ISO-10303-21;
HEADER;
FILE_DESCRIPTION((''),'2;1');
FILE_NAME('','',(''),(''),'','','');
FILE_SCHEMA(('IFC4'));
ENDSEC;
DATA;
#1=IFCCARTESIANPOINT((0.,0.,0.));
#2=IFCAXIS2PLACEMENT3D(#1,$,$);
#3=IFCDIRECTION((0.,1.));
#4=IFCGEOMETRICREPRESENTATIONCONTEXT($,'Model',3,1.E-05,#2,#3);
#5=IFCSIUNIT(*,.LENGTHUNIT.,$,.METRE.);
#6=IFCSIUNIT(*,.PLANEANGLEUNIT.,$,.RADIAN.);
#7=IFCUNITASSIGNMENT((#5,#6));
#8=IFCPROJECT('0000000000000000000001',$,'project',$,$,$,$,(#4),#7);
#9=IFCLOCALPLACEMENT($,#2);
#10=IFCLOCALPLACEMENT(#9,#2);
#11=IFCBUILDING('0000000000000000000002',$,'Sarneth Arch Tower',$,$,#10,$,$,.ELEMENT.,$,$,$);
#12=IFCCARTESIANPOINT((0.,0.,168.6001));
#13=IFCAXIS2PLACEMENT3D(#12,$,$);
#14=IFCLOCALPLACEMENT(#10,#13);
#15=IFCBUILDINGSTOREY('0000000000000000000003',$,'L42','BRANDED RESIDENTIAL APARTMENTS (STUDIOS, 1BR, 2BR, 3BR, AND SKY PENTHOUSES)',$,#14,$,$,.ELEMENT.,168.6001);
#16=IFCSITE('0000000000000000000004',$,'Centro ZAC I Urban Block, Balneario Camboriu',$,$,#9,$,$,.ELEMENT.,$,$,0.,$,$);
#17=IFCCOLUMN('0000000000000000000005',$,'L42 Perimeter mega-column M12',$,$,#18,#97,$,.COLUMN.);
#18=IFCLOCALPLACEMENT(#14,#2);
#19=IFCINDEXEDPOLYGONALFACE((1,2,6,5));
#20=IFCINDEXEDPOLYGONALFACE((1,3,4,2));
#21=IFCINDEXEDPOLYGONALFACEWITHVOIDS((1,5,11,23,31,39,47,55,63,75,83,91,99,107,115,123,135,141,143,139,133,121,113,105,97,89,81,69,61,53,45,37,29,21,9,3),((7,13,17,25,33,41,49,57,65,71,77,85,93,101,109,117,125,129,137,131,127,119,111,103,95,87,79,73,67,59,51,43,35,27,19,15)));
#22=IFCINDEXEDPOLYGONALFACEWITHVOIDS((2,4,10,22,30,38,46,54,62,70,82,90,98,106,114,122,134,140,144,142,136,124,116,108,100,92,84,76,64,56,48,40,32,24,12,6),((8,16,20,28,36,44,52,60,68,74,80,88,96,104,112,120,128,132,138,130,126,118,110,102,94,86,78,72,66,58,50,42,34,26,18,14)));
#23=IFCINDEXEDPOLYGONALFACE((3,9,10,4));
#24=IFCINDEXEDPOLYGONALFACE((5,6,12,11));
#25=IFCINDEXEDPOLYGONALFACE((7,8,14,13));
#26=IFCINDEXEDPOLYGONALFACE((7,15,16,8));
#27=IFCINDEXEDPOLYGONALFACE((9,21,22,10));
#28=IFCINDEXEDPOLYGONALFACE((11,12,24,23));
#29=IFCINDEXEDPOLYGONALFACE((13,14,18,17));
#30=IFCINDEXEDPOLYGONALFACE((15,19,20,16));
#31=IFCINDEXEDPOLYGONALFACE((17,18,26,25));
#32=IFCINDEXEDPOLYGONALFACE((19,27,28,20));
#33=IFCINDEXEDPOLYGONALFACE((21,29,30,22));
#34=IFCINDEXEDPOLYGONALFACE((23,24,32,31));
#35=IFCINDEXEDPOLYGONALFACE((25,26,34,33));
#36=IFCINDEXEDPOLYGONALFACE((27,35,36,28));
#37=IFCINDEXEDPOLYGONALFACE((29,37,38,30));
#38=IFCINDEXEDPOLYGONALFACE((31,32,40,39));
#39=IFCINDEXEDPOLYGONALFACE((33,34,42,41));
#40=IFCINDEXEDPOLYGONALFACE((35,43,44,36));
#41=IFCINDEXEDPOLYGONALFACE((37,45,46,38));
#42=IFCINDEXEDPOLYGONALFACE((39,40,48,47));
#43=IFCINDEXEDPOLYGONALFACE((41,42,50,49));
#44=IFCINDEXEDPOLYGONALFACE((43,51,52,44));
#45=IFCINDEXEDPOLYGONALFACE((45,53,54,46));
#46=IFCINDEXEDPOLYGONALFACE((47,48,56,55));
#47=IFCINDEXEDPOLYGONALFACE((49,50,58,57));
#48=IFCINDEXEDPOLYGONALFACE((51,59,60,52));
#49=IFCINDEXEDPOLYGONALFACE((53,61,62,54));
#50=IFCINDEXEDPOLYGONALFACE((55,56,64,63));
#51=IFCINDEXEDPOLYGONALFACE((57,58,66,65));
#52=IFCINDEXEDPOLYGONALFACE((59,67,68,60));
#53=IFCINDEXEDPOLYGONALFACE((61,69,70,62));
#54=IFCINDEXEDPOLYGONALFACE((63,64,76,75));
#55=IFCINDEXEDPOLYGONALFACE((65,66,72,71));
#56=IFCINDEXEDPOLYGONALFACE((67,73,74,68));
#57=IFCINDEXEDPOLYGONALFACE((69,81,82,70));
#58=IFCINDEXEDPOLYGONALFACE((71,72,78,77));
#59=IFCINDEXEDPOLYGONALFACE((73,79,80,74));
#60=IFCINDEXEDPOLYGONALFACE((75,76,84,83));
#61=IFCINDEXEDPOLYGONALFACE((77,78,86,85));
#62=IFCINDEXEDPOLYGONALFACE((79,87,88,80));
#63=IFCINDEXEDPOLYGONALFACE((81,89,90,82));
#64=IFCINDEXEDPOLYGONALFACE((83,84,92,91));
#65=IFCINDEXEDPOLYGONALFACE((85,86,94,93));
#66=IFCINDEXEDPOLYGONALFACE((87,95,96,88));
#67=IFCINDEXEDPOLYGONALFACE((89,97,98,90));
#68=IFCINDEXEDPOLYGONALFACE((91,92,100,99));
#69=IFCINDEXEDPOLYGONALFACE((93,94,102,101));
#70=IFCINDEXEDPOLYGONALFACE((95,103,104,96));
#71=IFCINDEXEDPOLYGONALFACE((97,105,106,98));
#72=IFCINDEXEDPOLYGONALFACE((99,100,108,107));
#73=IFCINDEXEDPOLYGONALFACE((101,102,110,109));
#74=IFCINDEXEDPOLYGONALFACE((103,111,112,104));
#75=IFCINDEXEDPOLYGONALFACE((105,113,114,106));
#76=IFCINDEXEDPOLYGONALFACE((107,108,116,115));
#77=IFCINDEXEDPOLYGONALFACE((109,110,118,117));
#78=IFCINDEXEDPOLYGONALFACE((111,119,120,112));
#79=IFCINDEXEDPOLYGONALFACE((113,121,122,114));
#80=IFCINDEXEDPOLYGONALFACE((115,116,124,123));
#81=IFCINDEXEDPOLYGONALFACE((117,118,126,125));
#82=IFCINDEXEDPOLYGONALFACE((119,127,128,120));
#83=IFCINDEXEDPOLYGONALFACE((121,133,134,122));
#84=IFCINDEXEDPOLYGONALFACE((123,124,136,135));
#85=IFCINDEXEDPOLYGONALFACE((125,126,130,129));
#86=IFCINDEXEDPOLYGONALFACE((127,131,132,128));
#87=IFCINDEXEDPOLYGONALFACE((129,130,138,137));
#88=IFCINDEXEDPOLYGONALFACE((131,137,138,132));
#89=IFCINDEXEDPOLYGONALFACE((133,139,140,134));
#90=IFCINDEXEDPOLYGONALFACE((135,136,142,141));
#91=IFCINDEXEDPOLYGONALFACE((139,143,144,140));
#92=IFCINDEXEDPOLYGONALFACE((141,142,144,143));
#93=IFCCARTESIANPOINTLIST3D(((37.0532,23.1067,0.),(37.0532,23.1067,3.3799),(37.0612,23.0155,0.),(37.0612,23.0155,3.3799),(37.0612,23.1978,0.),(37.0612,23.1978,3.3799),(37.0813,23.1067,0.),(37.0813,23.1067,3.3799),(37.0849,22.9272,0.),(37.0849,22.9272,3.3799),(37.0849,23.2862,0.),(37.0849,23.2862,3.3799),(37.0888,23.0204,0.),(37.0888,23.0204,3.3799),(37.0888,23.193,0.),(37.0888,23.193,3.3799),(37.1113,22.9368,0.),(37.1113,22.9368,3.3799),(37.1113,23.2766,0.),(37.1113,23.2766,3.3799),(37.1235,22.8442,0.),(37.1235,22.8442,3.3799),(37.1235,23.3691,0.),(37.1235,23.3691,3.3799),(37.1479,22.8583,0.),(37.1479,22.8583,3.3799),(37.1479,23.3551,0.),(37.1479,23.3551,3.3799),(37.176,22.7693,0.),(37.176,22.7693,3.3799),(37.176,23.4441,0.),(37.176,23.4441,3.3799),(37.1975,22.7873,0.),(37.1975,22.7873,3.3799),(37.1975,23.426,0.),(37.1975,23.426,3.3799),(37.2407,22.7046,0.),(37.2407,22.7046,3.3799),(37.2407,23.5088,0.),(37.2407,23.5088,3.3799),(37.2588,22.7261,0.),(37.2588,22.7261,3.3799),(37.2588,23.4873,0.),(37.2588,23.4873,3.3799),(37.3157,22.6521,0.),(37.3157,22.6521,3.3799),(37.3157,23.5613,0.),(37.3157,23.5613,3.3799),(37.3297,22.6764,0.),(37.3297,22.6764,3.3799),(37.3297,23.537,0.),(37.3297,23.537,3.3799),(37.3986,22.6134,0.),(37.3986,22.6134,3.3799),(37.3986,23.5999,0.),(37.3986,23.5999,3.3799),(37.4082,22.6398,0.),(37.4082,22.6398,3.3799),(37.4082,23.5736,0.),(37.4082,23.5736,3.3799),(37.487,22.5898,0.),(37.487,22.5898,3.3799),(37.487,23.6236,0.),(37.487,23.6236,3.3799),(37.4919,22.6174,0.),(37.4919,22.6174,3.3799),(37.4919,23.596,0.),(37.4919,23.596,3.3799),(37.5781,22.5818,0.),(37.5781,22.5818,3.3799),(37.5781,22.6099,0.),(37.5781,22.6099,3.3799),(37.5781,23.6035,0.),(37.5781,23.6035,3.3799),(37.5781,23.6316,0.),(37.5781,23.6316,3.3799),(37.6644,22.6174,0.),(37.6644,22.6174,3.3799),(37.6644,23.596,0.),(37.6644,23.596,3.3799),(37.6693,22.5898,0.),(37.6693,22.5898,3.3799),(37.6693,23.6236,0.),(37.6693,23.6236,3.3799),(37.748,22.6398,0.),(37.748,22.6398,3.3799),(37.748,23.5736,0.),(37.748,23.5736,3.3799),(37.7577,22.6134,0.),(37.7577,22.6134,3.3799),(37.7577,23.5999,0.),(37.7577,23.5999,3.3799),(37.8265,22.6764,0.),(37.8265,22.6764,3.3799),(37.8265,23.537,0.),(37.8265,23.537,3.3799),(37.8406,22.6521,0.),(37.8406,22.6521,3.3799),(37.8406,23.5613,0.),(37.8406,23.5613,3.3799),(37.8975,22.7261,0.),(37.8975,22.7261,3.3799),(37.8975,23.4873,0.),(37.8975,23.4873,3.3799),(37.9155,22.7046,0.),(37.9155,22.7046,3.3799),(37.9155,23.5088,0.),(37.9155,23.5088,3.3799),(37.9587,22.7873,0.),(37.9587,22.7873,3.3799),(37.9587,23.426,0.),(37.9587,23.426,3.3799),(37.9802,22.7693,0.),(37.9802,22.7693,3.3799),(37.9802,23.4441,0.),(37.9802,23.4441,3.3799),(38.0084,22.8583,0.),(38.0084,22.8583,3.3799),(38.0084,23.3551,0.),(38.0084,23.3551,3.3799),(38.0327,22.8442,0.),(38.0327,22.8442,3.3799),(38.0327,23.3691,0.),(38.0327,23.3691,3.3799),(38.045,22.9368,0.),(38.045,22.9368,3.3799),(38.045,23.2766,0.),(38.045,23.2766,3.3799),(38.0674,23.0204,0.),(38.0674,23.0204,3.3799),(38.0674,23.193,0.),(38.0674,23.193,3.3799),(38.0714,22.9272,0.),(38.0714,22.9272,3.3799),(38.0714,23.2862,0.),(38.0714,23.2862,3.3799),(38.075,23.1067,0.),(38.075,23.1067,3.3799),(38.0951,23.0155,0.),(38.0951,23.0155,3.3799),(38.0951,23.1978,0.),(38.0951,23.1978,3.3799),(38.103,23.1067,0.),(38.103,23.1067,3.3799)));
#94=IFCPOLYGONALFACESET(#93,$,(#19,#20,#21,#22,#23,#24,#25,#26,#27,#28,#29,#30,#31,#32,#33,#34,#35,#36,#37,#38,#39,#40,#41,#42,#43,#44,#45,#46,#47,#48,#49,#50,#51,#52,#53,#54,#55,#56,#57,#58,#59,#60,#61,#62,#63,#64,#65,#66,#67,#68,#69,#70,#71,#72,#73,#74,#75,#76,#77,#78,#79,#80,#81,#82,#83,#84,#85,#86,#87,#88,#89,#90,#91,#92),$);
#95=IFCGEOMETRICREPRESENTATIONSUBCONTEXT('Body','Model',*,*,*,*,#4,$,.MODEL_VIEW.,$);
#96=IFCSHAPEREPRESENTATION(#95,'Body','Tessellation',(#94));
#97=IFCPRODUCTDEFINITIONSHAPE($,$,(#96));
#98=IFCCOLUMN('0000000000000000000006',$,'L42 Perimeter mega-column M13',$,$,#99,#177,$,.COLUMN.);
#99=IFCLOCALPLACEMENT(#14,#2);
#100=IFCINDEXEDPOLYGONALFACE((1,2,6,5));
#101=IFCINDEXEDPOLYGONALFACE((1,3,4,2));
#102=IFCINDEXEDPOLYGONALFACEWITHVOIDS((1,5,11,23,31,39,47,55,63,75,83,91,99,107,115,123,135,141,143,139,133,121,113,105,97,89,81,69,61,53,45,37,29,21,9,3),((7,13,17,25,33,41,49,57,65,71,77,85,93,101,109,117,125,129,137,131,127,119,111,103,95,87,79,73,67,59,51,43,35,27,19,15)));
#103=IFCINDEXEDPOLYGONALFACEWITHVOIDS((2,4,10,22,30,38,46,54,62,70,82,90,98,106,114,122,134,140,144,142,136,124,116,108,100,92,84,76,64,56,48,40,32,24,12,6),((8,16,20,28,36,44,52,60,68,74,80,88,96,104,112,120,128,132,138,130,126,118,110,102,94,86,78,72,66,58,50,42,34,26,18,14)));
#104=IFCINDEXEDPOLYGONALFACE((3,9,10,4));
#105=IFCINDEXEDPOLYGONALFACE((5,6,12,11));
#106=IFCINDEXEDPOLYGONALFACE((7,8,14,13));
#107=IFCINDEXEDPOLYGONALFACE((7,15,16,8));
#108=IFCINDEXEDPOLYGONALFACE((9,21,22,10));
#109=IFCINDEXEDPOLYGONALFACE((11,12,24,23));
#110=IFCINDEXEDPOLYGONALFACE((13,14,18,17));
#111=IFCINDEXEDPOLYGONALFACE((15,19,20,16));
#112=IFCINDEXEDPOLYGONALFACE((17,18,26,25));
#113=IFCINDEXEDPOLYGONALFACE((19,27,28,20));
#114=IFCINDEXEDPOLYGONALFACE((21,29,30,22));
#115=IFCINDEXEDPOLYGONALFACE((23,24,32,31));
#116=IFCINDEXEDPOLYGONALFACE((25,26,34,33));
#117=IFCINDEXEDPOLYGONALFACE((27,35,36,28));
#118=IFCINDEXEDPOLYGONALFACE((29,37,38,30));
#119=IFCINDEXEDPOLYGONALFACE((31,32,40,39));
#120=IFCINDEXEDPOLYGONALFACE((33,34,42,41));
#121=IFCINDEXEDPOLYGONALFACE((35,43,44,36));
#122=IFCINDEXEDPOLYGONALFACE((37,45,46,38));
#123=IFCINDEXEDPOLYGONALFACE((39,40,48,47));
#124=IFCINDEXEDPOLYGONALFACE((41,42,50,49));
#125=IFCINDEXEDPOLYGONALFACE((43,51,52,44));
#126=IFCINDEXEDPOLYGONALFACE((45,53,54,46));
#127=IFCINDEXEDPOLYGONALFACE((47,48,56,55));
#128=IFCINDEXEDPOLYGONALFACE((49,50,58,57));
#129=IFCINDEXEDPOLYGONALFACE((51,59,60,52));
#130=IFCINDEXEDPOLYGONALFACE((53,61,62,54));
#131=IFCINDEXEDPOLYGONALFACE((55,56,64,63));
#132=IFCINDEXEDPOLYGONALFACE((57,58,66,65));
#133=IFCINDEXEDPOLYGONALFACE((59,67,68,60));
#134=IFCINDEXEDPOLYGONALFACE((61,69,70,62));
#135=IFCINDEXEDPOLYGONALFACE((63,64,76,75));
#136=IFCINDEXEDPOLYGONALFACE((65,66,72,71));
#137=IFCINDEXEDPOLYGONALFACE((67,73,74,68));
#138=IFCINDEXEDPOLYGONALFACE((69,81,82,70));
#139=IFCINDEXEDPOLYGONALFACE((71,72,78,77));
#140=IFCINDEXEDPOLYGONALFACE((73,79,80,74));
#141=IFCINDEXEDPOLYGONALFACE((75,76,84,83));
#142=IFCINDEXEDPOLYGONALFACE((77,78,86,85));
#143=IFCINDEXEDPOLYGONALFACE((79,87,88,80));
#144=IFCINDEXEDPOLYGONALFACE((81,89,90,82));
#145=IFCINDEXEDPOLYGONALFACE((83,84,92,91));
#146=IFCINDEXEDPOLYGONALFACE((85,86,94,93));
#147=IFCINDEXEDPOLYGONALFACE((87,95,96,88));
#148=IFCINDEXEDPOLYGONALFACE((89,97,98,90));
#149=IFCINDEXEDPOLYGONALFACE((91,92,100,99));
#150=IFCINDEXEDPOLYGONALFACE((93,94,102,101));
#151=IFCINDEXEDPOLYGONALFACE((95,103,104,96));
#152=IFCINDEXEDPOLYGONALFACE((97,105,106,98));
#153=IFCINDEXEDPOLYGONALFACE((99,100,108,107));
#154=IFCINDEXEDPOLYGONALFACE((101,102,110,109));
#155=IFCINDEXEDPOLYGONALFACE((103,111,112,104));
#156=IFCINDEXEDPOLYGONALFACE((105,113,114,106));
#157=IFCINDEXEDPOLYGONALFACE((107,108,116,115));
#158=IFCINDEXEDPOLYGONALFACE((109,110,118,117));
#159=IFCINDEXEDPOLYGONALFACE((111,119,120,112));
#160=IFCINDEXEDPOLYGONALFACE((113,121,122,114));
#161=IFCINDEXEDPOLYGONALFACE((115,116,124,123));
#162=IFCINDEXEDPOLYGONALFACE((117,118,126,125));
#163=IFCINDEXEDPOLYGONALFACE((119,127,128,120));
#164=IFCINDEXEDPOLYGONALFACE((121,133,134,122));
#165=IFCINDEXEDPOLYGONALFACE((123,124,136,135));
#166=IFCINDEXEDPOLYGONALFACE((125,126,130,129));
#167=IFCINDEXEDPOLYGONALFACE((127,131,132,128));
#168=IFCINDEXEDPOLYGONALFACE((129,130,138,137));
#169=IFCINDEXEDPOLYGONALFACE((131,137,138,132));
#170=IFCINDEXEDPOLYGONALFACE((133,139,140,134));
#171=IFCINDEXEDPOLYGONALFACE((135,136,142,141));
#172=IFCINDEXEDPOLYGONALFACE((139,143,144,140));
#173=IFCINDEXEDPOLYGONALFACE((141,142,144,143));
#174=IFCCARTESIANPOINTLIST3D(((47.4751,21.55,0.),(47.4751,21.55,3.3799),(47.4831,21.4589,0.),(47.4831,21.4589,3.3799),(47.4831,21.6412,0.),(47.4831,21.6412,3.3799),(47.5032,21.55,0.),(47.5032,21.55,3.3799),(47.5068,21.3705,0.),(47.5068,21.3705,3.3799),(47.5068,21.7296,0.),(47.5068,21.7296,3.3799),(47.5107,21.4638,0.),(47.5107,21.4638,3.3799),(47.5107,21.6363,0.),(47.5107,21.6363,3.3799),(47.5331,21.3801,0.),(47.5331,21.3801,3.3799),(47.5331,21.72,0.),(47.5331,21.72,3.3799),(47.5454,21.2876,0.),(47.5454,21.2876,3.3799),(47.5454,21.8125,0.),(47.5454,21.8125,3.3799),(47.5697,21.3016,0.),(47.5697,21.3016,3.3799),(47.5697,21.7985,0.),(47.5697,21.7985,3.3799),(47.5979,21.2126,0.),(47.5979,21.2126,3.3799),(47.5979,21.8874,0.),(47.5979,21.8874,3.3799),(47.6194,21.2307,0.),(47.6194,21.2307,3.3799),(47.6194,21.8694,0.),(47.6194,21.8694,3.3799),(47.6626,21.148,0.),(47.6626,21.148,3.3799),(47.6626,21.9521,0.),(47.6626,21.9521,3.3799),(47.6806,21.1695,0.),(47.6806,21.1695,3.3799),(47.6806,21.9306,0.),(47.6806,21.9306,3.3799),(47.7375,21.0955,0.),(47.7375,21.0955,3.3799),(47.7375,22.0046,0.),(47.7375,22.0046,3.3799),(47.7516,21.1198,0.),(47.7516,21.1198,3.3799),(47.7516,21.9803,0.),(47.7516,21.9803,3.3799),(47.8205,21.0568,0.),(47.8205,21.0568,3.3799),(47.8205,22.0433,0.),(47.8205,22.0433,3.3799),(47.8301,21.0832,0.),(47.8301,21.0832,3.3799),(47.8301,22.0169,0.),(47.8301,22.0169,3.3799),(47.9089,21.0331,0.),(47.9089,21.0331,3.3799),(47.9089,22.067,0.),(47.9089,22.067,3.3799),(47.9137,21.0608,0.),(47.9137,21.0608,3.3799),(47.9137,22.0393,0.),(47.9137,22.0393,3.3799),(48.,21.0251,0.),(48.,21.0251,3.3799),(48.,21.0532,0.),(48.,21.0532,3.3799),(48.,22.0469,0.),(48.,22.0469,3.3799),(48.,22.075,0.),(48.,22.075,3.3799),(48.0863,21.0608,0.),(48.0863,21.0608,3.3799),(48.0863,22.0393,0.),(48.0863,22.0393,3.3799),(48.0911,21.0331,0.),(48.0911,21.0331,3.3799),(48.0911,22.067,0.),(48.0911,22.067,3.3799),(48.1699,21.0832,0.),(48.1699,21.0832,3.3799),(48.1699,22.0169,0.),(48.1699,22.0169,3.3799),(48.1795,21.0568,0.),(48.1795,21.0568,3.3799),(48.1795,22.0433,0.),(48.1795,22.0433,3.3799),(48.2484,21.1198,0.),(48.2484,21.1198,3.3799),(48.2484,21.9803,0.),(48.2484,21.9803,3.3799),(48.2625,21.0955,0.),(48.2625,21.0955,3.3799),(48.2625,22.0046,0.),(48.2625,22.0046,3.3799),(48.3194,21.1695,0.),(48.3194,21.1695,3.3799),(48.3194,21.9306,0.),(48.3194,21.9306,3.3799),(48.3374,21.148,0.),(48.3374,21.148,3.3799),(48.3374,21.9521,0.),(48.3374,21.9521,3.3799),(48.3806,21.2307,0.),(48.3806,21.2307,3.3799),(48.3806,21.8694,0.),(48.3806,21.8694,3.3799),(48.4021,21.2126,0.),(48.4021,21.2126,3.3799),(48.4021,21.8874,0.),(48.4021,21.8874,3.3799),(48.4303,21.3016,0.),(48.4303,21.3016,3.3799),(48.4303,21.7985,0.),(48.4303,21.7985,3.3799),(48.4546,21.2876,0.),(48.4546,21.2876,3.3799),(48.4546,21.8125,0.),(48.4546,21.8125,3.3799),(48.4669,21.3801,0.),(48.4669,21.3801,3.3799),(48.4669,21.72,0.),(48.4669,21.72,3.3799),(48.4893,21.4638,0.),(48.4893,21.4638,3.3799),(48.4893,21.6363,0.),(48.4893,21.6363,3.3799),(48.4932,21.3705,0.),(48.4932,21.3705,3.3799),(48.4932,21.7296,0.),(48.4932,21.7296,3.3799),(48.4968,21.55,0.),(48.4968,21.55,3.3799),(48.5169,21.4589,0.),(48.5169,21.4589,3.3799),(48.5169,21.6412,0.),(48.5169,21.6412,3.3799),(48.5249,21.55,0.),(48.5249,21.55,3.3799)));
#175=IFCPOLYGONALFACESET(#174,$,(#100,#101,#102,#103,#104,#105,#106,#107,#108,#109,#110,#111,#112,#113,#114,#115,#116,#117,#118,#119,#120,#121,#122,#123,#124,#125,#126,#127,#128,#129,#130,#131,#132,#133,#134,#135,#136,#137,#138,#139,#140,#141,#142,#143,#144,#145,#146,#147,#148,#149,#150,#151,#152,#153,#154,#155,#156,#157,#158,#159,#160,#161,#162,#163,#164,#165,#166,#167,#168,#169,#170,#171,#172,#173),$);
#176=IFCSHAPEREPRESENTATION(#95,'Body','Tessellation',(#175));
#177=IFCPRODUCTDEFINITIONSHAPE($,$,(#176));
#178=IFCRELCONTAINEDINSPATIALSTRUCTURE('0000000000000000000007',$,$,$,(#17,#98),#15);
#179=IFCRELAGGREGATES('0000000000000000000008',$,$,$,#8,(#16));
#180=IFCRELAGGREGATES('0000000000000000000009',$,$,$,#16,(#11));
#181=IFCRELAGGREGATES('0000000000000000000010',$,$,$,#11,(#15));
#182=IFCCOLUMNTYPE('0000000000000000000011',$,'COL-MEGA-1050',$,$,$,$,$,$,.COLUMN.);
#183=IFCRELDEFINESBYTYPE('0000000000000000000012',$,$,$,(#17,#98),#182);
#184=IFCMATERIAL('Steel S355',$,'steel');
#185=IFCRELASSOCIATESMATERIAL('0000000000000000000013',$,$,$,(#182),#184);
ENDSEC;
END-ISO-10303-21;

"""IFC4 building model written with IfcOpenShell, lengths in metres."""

from ifc_helpers import new_model, si_unit, direction, frame, origin, origin_2d, place, context, subcontext, project, spatial, hollow_circle, extrude, material, material_profile, profile_set, type_object, element, save


model = new_model("IFC4")

# Units and contexts
model_context = context("Model", 3, precision=1e-05, world=origin(), true_north=direction((0.0, 1.0)))
body_context = subcontext(model_context, "Body", "Model", "MODEL_VIEW")
ifc_project = project(units=[si_unit("LENGTHUNIT", "METRE"), si_unit("PLANEANGLEUNIT", "RADIAN")], contexts=[model_context])

# Site, building, storey
site_placement = place(None, origin())
site = spatial("IfcSite", under=ifc_project, at=site_placement, Name="Centro ZAC I Urban Block, Balneario Camboriu", CompositionType="ELEMENT", RefElevation=0.0)
building_placement = place(site_placement, origin())
building = spatial("IfcBuilding", under=site, at=building_placement, Name="Sarneth Arch Tower", CompositionType="ELEMENT")
storey_placement = place(building_placement, frame((0.0, 0.0, 168.6001)))
storey = spatial("IfcBuildingStorey", under=building, at=storey_placement, Name="L42", Description="BRANDED RESIDENTIAL APARTMENTS (STUDIOS, 1BR, 2BR, 3BR, AND SKY PENTHOUSES)", CompositionType="ELEMENT", Elevation=168.6001)

# Columns
ifc_material_1 = material(Name="Steel S355", Category="steel")
ifc_material_profile_1 = material_profile(ifc_material_1, hollow_circle(Radius=0.5249, WallThickness=0.0281, at=origin_2d()), Name="CHS1050x28")
ifc_profile_set_1 = profile_set([ifc_material_profile_1], Name="Steel S355")
column_type = type_object("IfcColumnType", Name="COL-MEGA-1050", PredefinedType="COLUMN", material=ifc_profile_set_1)
for number, where, z_axis, x_axis, name in (
    (1, (37.5781, 23.1067, 0.0), (0.0, 0.0, 1.0), (1.0, 0.0, 0.0), "L42 Perimeter mega-column M12"),
    (2, (48.0, 21.55, 0.0), (0.0, 0.0, 1.0), (1.0, 0.0, 0.0), "L42 Perimeter mega-column M13"),
):
    element("IfcColumn", number, at=place(storey_placement, frame(where, z_axis=z_axis, x_axis=x_axis)), inside=storey, type_object=column_type, Name=name, PredefinedType="COLUMN", context=body_context, shape_type="SweptSolid", body=[
        extrude(hollow_circle(Radius=0.5249, WallThickness=0.0281, at=origin_2d()), origin(), (0.0, 0.0, 1.0), 3.3799),
    ])

save(model, "model.ifc")
